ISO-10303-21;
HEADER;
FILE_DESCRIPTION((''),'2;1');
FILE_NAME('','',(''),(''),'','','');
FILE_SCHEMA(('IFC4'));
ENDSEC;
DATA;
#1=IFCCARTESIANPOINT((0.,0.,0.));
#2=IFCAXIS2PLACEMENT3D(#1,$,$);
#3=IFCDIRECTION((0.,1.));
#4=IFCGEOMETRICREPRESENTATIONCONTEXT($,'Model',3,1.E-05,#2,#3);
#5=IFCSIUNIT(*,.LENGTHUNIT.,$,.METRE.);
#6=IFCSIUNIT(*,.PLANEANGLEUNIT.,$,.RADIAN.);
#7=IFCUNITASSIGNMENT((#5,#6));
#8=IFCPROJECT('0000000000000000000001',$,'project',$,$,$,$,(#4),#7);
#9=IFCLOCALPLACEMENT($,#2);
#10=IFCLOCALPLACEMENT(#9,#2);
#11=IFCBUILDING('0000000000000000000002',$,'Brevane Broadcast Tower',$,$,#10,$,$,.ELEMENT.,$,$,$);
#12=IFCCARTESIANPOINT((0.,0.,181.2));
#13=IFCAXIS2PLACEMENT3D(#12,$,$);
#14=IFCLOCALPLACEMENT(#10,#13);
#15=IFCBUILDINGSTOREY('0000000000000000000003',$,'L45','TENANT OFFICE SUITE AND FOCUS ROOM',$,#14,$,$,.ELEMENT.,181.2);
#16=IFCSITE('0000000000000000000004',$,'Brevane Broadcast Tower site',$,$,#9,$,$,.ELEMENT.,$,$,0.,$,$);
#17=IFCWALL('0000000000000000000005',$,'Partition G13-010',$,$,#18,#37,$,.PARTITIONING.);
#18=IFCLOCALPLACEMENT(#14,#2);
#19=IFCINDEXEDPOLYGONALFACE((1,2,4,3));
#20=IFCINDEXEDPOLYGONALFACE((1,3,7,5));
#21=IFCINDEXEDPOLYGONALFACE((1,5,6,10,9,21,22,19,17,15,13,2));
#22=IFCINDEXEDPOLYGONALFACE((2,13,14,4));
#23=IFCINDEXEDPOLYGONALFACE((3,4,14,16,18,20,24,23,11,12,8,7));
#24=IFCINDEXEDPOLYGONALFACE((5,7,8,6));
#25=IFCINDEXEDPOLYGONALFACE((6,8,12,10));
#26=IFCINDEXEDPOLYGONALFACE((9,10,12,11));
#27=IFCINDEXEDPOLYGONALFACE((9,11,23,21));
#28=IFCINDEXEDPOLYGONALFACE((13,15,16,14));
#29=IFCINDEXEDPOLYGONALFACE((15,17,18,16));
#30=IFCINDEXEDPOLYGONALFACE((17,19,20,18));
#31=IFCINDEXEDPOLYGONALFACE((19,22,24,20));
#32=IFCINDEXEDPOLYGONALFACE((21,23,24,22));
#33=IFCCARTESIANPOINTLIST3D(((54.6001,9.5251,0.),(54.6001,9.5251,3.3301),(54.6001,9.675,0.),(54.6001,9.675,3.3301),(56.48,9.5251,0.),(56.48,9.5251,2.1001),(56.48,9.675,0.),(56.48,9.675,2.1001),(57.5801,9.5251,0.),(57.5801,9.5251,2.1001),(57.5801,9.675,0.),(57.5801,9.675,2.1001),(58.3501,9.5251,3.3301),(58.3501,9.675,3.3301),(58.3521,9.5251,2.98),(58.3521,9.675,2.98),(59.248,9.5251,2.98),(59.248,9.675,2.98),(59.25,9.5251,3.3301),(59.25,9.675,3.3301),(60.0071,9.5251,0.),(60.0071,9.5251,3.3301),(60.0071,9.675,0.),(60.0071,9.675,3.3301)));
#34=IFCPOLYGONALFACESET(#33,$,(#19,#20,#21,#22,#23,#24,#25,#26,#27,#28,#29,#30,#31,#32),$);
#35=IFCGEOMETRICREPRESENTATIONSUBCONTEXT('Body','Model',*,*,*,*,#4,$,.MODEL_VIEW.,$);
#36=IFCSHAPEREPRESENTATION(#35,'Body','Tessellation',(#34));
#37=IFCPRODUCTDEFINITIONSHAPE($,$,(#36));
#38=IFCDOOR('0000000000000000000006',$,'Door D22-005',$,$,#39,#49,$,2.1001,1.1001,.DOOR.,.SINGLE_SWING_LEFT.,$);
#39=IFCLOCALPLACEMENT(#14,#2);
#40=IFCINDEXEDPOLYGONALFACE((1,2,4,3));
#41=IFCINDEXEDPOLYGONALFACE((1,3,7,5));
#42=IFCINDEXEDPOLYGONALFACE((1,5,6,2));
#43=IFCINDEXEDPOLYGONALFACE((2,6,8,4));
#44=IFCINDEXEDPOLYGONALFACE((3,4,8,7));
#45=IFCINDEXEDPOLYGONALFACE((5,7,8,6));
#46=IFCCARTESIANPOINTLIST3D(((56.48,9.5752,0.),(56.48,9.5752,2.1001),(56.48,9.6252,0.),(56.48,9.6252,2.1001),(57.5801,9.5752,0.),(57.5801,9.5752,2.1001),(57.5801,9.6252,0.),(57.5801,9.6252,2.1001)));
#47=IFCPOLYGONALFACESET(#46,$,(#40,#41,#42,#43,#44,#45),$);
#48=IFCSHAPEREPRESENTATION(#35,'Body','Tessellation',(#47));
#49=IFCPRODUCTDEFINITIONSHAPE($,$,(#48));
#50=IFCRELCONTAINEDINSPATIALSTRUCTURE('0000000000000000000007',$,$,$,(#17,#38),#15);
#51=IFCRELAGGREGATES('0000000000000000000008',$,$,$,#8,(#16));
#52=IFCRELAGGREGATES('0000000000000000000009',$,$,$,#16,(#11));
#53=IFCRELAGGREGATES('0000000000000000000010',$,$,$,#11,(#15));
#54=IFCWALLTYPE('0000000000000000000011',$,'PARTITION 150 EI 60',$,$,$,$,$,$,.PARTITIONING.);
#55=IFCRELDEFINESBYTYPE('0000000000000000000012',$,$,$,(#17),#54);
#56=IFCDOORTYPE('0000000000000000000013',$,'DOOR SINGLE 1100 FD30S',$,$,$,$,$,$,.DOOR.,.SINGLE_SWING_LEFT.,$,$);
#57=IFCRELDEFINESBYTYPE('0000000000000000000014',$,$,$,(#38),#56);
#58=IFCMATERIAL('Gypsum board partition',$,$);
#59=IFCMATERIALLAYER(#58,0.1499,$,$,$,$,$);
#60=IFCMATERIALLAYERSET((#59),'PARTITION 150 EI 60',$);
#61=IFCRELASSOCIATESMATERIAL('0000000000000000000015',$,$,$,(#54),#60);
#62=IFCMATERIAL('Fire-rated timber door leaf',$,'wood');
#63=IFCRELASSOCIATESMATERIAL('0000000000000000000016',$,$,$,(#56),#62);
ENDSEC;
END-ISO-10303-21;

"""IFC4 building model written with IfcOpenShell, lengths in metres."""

from ifc_helpers import new_model, si_unit, direction, frame, frame_2d, origin, place, context, subcontext, project, spatial, polyline, rectangle, outline, extrude, material, layer, layer_set, type_object, element, fill, save


model = new_model("IFC4")

# Units and contexts
model_context = context("Model", 3, precision=1e-05, world=origin(), true_north=direction((0.0, 1.0)))
body_context = subcontext(model_context, "Body", "Model", "MODEL_VIEW")
ifc_project = project(units=[si_unit("LENGTHUNIT", "METRE"), si_unit("PLANEANGLEUNIT", "RADIAN")], contexts=[model_context])

# Site, building, storey
site_placement = place(None, origin())
site = spatial("IfcSite", under=ifc_project, at=site_placement, Name="Brevane Broadcast Tower site", CompositionType="ELEMENT", RefElevation=0.0)
building_placement = place(site_placement, origin())
building = spatial("IfcBuilding", under=site, at=building_placement, Name="Brevane Broadcast Tower", CompositionType="ELEMENT")
storey_placement = place(building_placement, frame((0.0, 0.0, 181.2)))
storey = spatial("IfcBuildingStorey", under=building, at=storey_placement, Name="L45", Description="TENANT OFFICE SUITE AND FOCUS ROOM", CompositionType="ELEMENT", Elevation=181.2)

# Shared definitions
ifc_material_1 = material(Name="Gypsum board partition")
ifc_layer_1 = layer(ifc_material_1, 0.1499)
ifc_layer_set_1 = layer_set([ifc_layer_1], Name="PARTITION 150 EI 60")
wall_type_1 = type_object("IfcWallType", Name="PARTITION 150 EI 60", PredefinedType="PARTITIONING", material=ifc_layer_set_1)

# Wall, opening, door
ifc_material_2 = material(Name="Fire-rated timber door leaf", Category="wood")
wall_1_placement = place(storey_placement, frame((60.0071, 9.6001, 0.0), z_axis=(0.0, 0.0, 1.0), x_axis=(-1.0, 0.0, 0.0)))
wall_1 = element("IfcWall", 1, at=wall_1_placement, inside=storey, type_object=wall_type_1, Name="Partition G13-010", PredefinedType="PARTITIONING", context=body_context, shape_type="SweptSolid", body=[
    extrude(outline(polyline([(0.0, 0.0), (5.407, 0.0), (5.407, 3.3301), (1.657, 3.3301), (1.655, 2.98), (0.759, 2.98), (0.7571, 3.3301), (0.1272, 3.3301), (0.0, 3.3301), (0.0, 0.0)])), frame((0.0, 0.075, 0.0), z_axis=(0.0, -1.0, 0.0), x_axis=(1.0, 0.0, 0.0)), (0.0, 0.0, 1.0), 0.1499),
])
opening_1_placement = place(wall_1_placement, frame((2.427, 0.0, 0.0)))
opening_1 = element("IfcOpeningElement", 2, at=opening_1_placement, cuts=wall_1, PredefinedType="OPENING", context=body_context, shape_type="SweptSolid", body=[
    extrude(rectangle(XDim=1.1001, YDim=2.1001, at=frame_2d((0.55, 1.05))), frame((0.0, 0.085, 0.0), z_axis=(0.0, -1.0, 0.0), x_axis=(1.0, 0.0, 0.0)), (0.0, 0.0, 1.0), 0.1699),
])
door_type_1 = type_object("IfcDoorType", Name="DOOR SINGLE 1100 FD30S", OperationType="SINGLE_SWING_LEFT", PredefinedType="DOOR", material=ifc_material_2)
door_1_placement = place(opening_1_placement, origin())
door_1 = element("IfcDoor", 3, at=door_1_placement, inside=storey, type_object=door_type_1, Name="Door D22-005", OperationType="SINGLE_SWING_LEFT", OverallHeight=2.1001, OverallWidth=1.1001, PredefinedType="DOOR", context=body_context, shape_type="SweptSolid", body=[
    extrude(rectangle(XDim=1.1001, YDim=2.1001, at=frame_2d((0.55, 1.05))), frame((0.0, 0.0249, 0.0), z_axis=(0.0, -1.0, 0.0), x_axis=(1.0, 0.0, 0.0)), (0.0, 0.0, 1.0), 0.05),
])
fill(opening_1, door_1)

save(model, "model.ifc")
